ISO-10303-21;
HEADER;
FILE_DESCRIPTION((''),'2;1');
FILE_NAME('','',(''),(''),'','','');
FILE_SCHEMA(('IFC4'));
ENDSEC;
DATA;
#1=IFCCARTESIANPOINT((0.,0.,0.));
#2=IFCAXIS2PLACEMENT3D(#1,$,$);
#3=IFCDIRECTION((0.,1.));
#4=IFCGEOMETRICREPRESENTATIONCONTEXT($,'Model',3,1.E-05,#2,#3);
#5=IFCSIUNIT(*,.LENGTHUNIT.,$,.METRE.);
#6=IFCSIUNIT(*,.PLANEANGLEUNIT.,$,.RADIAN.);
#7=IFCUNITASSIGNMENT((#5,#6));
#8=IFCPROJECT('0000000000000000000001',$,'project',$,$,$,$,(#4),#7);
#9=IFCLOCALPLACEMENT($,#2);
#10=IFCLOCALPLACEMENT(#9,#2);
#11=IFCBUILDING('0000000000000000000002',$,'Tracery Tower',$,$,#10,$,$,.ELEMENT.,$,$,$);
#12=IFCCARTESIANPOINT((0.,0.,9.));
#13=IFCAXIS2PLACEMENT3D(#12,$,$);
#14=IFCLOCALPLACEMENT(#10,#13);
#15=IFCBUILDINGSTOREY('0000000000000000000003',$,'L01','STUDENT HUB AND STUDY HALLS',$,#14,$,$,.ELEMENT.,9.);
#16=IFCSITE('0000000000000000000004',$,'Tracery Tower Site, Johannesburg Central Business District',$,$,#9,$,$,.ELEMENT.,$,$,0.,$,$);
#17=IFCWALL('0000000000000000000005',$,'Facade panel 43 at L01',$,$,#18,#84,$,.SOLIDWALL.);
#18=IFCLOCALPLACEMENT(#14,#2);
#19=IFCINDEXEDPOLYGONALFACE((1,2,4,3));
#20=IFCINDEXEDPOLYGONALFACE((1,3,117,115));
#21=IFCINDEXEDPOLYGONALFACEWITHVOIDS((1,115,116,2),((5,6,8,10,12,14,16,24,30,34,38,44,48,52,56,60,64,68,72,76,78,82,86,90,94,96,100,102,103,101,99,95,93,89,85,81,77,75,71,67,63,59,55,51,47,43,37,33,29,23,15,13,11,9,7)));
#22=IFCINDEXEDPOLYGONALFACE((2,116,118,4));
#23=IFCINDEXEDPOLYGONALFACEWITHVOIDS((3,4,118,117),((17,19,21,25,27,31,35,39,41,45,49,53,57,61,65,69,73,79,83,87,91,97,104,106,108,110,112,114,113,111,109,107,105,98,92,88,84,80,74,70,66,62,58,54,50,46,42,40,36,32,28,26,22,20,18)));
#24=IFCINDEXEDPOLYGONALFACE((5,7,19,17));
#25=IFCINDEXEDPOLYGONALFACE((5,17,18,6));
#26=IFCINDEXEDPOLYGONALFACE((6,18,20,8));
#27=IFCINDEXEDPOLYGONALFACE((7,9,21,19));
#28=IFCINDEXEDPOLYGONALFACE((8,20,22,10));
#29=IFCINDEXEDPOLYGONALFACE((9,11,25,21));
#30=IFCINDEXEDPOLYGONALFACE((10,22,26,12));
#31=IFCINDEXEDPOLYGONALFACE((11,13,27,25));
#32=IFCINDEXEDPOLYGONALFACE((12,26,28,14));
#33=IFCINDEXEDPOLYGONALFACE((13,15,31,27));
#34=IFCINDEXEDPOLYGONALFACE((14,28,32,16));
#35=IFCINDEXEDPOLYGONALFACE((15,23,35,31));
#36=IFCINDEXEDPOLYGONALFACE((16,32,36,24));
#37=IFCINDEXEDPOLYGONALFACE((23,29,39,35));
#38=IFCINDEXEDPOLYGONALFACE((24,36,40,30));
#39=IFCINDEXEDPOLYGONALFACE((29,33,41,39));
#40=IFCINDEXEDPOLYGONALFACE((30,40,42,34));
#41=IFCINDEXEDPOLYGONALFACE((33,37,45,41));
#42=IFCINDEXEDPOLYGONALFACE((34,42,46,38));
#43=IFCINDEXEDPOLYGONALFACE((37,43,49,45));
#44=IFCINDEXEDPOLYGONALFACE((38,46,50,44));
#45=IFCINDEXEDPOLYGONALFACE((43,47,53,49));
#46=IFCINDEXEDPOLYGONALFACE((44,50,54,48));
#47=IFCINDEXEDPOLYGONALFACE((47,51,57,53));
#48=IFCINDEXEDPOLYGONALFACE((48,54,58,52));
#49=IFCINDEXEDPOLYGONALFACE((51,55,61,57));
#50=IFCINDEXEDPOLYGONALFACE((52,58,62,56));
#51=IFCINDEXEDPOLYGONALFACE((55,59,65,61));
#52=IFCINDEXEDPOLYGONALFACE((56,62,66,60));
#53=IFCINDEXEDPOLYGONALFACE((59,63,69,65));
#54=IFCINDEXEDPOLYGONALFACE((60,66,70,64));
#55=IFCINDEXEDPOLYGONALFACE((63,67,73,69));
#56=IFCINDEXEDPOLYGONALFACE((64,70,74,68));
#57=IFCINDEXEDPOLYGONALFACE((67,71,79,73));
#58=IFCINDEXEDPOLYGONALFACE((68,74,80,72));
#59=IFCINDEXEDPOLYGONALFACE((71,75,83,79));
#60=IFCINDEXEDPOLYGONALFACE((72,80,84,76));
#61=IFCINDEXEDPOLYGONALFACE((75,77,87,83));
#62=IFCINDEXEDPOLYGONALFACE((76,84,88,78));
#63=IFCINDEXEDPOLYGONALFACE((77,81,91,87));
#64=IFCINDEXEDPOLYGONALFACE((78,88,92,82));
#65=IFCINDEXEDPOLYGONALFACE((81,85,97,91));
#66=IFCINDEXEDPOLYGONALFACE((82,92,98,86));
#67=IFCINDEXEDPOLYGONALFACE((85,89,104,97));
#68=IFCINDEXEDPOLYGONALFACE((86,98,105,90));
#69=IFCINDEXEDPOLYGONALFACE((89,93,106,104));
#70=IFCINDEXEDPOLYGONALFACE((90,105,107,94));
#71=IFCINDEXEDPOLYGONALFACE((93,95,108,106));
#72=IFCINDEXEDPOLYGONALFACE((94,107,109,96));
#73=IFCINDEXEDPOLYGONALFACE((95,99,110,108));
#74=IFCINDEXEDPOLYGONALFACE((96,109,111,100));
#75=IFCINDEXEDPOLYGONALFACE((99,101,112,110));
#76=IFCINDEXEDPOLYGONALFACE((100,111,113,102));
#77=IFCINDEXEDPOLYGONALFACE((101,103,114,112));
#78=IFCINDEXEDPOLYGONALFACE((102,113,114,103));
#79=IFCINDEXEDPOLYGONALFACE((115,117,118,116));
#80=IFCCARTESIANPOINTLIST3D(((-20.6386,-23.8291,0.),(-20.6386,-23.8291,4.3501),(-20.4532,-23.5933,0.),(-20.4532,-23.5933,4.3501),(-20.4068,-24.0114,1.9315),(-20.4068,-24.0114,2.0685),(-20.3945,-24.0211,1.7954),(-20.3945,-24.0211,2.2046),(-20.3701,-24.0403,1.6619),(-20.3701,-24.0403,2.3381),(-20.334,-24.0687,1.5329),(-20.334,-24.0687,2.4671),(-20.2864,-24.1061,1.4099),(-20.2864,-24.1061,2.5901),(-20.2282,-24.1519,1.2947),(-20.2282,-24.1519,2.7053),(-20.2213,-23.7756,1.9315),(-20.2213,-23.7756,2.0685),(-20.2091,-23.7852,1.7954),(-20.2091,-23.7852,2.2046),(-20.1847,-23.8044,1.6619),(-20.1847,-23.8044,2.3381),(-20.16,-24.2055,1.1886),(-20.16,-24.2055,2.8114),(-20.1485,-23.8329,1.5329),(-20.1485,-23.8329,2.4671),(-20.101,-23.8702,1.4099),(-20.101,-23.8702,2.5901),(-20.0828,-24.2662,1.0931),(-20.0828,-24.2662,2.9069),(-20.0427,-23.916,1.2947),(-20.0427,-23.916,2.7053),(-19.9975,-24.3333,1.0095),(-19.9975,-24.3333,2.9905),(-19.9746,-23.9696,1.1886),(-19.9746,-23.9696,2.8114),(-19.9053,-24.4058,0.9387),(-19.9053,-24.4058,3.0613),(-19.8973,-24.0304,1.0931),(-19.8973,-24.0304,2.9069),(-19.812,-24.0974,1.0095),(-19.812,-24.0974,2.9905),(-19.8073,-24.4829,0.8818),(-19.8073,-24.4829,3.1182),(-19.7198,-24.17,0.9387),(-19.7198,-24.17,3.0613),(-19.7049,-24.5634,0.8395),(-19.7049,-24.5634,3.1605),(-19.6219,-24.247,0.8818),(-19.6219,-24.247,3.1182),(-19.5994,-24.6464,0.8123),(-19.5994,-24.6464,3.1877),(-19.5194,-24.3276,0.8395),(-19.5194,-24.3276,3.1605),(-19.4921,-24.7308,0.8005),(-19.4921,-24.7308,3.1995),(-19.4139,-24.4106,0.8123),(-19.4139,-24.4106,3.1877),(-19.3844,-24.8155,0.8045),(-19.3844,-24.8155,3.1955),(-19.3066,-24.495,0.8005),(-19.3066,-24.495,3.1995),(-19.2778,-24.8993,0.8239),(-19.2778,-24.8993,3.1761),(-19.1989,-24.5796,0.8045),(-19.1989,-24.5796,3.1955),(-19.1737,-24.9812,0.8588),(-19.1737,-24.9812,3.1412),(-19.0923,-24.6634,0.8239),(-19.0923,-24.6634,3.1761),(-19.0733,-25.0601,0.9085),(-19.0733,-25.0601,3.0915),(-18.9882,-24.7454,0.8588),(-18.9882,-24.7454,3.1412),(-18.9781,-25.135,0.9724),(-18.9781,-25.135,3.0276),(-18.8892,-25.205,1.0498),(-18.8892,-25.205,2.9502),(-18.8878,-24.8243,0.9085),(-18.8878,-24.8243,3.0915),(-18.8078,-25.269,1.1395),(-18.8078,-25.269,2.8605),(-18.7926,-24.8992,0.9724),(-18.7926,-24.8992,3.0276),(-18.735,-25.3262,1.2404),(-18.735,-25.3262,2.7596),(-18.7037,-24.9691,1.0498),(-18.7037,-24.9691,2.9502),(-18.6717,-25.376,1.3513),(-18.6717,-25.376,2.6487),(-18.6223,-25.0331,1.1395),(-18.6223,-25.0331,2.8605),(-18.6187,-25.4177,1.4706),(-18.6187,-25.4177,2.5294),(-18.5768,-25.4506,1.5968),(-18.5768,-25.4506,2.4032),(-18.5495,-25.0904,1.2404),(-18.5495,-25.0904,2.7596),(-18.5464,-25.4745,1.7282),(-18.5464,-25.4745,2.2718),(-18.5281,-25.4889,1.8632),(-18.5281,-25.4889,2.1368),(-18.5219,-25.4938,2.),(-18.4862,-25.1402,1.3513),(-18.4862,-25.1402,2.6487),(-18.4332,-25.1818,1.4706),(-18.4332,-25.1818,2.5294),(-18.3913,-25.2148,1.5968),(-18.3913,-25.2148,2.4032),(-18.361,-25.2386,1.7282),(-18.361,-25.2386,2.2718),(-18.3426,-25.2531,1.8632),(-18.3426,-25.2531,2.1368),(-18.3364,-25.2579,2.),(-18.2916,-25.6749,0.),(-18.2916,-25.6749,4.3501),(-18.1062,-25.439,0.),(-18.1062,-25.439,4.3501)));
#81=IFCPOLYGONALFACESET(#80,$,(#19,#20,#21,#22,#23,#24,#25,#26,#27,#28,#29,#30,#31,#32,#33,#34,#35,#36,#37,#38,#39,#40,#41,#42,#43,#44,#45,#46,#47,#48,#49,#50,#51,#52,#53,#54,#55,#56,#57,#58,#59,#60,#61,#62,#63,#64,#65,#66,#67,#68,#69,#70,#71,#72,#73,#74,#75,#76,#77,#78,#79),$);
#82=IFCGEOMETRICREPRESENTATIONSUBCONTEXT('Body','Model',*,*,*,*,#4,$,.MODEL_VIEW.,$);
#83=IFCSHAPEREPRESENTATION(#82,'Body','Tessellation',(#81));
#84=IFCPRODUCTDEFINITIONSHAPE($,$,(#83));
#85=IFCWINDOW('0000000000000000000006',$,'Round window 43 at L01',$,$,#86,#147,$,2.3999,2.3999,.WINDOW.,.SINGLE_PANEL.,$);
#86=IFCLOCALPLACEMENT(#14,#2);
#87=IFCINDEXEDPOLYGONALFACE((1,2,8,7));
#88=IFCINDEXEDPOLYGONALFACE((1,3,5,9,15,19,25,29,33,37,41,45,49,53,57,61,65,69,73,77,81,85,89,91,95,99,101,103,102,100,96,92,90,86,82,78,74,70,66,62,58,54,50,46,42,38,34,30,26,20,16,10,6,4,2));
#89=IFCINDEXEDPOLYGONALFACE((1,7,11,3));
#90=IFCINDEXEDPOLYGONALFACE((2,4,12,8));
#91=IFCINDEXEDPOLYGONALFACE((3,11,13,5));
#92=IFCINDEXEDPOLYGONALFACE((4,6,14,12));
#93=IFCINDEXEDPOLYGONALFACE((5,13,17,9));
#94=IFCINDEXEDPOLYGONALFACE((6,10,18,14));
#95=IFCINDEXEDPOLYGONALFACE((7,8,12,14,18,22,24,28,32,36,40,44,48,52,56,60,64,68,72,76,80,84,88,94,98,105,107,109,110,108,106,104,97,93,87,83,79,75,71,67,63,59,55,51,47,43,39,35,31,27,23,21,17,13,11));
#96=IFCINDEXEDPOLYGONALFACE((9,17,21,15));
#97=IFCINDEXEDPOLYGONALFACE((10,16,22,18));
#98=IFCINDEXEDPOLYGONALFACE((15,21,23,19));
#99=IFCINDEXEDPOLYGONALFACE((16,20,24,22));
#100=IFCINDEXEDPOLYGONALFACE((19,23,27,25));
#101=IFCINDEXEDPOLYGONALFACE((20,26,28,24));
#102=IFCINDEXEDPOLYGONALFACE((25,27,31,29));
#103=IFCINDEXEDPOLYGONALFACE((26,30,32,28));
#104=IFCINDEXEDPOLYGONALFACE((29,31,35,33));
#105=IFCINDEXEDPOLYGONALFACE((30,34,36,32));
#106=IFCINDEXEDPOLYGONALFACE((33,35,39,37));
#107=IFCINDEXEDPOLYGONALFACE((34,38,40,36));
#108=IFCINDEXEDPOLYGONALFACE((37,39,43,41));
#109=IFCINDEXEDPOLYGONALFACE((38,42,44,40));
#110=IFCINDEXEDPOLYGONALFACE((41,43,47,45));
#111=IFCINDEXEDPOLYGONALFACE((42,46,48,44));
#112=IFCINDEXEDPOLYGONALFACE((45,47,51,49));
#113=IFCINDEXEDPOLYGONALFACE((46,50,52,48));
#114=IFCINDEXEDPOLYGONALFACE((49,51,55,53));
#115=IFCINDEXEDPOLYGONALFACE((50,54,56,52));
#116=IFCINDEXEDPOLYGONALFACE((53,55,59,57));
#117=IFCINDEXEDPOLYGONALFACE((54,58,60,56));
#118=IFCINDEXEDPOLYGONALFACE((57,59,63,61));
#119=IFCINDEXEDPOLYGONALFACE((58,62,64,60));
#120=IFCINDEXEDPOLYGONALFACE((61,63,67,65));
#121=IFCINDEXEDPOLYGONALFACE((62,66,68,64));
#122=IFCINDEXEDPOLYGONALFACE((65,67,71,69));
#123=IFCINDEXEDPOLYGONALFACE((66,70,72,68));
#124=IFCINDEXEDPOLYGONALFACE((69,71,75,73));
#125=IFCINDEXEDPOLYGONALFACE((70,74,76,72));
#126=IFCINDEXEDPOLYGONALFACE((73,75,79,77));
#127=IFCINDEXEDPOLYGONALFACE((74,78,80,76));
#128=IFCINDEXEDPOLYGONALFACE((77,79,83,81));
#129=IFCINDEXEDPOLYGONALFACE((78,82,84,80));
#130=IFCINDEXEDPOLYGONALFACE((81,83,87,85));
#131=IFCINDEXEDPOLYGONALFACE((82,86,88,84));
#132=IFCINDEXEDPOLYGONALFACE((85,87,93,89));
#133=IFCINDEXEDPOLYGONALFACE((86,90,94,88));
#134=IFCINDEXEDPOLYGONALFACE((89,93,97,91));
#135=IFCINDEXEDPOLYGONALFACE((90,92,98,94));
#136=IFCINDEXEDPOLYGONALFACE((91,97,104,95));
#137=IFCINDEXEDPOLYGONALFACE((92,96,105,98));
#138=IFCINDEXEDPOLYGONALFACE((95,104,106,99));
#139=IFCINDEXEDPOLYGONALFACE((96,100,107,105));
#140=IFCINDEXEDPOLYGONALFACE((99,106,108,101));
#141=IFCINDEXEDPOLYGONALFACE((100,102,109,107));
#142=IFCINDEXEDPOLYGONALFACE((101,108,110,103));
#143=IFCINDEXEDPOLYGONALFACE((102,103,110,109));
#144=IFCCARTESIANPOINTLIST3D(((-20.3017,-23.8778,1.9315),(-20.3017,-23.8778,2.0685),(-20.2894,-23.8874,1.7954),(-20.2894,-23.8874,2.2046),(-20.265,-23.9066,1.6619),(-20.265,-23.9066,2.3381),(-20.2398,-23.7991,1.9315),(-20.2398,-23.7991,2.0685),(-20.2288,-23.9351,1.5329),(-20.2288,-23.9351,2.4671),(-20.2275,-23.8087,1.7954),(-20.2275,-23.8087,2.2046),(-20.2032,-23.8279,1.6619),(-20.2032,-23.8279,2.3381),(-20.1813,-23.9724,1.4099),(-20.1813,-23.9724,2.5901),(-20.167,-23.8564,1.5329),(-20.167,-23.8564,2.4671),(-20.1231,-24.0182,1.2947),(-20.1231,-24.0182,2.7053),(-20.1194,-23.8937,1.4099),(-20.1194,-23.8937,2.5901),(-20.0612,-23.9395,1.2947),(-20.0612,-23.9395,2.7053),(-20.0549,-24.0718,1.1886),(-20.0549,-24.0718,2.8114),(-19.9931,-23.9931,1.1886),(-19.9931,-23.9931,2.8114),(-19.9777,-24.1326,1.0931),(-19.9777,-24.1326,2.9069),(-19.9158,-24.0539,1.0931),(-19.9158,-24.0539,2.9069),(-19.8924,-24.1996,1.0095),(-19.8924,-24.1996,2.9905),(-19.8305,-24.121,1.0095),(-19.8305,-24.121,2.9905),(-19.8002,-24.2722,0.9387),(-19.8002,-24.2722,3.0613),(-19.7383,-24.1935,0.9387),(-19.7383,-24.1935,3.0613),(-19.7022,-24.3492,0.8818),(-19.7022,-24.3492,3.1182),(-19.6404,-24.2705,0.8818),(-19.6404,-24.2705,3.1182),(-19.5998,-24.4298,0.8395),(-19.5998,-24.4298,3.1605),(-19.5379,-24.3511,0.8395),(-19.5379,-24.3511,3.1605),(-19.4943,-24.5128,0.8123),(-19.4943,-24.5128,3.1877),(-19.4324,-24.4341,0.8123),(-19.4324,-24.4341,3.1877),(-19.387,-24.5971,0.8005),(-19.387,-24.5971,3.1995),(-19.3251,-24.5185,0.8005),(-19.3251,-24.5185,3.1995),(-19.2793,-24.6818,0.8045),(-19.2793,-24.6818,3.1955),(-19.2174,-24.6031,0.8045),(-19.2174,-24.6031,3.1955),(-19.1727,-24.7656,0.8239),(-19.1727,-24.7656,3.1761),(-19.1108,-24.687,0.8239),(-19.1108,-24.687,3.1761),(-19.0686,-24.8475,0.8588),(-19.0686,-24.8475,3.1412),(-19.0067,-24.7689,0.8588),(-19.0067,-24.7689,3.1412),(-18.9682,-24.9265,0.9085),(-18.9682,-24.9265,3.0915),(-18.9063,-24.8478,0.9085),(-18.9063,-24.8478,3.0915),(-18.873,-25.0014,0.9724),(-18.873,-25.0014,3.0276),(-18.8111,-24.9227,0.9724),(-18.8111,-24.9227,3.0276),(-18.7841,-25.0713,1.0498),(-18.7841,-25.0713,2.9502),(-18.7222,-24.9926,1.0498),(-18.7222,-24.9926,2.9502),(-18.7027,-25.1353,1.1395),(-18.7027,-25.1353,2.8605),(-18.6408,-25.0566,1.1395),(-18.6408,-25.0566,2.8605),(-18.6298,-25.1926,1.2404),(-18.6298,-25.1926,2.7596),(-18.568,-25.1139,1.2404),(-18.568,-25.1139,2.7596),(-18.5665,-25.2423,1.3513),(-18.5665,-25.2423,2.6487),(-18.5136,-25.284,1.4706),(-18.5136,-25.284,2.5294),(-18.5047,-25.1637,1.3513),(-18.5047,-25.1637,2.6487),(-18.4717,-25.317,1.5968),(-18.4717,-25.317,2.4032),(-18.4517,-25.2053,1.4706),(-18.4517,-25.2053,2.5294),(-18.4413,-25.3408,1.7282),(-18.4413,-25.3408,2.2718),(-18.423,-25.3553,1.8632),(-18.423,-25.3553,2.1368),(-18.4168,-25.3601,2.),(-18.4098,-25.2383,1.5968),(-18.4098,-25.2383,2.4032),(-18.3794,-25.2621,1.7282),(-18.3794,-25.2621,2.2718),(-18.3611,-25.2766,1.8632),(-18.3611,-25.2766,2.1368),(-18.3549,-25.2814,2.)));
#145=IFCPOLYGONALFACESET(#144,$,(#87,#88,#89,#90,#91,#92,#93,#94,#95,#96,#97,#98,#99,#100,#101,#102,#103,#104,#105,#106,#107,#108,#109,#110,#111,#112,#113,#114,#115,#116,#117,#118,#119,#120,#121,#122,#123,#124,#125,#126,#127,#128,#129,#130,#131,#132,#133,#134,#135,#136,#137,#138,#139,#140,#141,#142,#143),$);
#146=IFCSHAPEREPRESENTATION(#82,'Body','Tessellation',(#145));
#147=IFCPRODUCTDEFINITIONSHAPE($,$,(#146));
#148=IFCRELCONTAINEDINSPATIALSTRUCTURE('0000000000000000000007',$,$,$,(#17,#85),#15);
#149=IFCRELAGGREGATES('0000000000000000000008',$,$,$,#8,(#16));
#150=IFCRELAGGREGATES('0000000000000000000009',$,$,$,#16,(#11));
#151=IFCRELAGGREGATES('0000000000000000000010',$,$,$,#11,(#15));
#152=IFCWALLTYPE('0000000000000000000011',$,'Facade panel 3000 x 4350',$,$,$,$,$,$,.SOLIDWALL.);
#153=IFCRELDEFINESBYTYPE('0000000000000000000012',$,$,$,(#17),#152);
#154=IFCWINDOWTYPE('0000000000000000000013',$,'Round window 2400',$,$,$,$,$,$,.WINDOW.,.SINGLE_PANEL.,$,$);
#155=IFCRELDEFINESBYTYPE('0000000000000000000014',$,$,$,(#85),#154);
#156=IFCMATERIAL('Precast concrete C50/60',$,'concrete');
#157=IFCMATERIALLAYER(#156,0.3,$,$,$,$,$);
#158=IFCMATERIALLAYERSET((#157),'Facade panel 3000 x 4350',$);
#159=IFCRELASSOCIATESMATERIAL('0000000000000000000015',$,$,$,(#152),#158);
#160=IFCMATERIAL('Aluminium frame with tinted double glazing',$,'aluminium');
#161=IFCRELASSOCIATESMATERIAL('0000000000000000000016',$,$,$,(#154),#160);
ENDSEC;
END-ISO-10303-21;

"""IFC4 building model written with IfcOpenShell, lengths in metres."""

from ifc_helpers import new_model, si_unit, direction, frame, frame_2d, origin, origin_2d, place, context, subcontext, project, spatial, rectangle, circle, extrude, material, layer, layer_set, type_object, element, fill, save


model = new_model("IFC4")

# Units and contexts
model_context = context("Model", 3, precision=1e-05, world=origin(), true_north=direction((0.0, 1.0)))
body_context = subcontext(model_context, "Body", "Model", "MODEL_VIEW")
ifc_project = project(units=[si_unit("LENGTHUNIT", "METRE"), si_unit("PLANEANGLEUNIT", "RADIAN")], contexts=[model_context])

# Site, building, storey
site_placement = place(None, origin())
site = spatial("IfcSite", under=ifc_project, at=site_placement, Name="Tracery Tower Site, Johannesburg Central Business District", CompositionType="ELEMENT", RefElevation=0.0)
building_placement = place(site_placement, origin())
building = spatial("IfcBuilding", under=site, at=building_placement, Name="Tracery Tower", CompositionType="ELEMENT")
storey_placement = place(building_placement, frame((0.0, 0.0, 9.0)))
storey = spatial("IfcBuildingStorey", under=building, at=storey_placement, Name="L01", Description="STUDENT HUB AND STUDY HALLS", CompositionType="ELEMENT", Elevation=9.0)

# Wall, opening, window
ifc_material_1 = material(Name="Precast concrete C50/60", Category="concrete")
ifc_layer_1 = layer(ifc_material_1, 0.3)
ifc_layer_set_1 = layer_set([ifc_layer_1], Name="Facade panel 3000 x 4350")
wall_type_1 = type_object("IfcWallType", Name="Facade panel 3000 x 4350", PredefinedType="SOLIDWALL", material=ifc_layer_set_1)
ifc_material_2 = material(Name="Aluminium frame with tinted double glazing", Category="aluminium")
window_type = type_object("IfcWindowType", Name="Round window 2400", PartitioningType="SINGLE_PANEL", PredefinedType="WINDOW", material=ifc_material_2)
wall_1_placement = place(storey_placement, frame((-20.5459, -23.7112, 0.0), z_axis=(0.0, 0.0, 1.0), x_axis=(0.786043, -0.618172, 0.0)))
wall_1 = element("IfcWall", 1, at=wall_1_placement, inside=storey, type_object=wall_type_1, Name="Facade panel 43 at L01", PredefinedType="SOLIDWALL", context=body_context, shape_type="SweptSolid", body=[
    extrude(rectangle(XDim=2.9858, YDim=0.3, at=frame_2d((1.4929, 0.0))), origin(), (0.0, 0.0, 1.0), 4.3501),
])
opening_1_placement = place(wall_1_placement, frame((1.4929, 0.0, 2.0)))
opening_1 = element("IfcOpeningElement", 2, at=opening_1_placement, cuts=wall_1, PredefinedType="OPENING", context=body_context, shape_type="SweptSolid", body=[
    extrude(circle(Radius=1.2, at=origin_2d()), frame((0.0, 0.1599, 0.0), z_axis=(0.0, -1.0, 0.0), x_axis=(1.0, 0.0, 0.0)), (0.0, 0.0, 1.0), 0.3201),
])
window_1_placement = place(opening_1_placement, origin())
window_1 = element("IfcWindow", 3, at=window_1_placement, inside=storey, type_object=window_type, Name="Round window 43 at L01", OverallHeight=2.3999, OverallWidth=2.3999, PartitioningType="SINGLE_PANEL", PredefinedType="WINDOW", context=body_context, shape_type="SweptSolid", body=[
    extrude(circle(Radius=1.2, at=origin_2d()), frame((0.0, 0.1201, 0.0), z_axis=(0.0, -1.0, 0.0), x_axis=(1.0, 0.0, 0.0)), (0.0, 0.0, 1.0), 0.1001),
])
fill(opening_1, window_1)

save(model, "model.ifc")
